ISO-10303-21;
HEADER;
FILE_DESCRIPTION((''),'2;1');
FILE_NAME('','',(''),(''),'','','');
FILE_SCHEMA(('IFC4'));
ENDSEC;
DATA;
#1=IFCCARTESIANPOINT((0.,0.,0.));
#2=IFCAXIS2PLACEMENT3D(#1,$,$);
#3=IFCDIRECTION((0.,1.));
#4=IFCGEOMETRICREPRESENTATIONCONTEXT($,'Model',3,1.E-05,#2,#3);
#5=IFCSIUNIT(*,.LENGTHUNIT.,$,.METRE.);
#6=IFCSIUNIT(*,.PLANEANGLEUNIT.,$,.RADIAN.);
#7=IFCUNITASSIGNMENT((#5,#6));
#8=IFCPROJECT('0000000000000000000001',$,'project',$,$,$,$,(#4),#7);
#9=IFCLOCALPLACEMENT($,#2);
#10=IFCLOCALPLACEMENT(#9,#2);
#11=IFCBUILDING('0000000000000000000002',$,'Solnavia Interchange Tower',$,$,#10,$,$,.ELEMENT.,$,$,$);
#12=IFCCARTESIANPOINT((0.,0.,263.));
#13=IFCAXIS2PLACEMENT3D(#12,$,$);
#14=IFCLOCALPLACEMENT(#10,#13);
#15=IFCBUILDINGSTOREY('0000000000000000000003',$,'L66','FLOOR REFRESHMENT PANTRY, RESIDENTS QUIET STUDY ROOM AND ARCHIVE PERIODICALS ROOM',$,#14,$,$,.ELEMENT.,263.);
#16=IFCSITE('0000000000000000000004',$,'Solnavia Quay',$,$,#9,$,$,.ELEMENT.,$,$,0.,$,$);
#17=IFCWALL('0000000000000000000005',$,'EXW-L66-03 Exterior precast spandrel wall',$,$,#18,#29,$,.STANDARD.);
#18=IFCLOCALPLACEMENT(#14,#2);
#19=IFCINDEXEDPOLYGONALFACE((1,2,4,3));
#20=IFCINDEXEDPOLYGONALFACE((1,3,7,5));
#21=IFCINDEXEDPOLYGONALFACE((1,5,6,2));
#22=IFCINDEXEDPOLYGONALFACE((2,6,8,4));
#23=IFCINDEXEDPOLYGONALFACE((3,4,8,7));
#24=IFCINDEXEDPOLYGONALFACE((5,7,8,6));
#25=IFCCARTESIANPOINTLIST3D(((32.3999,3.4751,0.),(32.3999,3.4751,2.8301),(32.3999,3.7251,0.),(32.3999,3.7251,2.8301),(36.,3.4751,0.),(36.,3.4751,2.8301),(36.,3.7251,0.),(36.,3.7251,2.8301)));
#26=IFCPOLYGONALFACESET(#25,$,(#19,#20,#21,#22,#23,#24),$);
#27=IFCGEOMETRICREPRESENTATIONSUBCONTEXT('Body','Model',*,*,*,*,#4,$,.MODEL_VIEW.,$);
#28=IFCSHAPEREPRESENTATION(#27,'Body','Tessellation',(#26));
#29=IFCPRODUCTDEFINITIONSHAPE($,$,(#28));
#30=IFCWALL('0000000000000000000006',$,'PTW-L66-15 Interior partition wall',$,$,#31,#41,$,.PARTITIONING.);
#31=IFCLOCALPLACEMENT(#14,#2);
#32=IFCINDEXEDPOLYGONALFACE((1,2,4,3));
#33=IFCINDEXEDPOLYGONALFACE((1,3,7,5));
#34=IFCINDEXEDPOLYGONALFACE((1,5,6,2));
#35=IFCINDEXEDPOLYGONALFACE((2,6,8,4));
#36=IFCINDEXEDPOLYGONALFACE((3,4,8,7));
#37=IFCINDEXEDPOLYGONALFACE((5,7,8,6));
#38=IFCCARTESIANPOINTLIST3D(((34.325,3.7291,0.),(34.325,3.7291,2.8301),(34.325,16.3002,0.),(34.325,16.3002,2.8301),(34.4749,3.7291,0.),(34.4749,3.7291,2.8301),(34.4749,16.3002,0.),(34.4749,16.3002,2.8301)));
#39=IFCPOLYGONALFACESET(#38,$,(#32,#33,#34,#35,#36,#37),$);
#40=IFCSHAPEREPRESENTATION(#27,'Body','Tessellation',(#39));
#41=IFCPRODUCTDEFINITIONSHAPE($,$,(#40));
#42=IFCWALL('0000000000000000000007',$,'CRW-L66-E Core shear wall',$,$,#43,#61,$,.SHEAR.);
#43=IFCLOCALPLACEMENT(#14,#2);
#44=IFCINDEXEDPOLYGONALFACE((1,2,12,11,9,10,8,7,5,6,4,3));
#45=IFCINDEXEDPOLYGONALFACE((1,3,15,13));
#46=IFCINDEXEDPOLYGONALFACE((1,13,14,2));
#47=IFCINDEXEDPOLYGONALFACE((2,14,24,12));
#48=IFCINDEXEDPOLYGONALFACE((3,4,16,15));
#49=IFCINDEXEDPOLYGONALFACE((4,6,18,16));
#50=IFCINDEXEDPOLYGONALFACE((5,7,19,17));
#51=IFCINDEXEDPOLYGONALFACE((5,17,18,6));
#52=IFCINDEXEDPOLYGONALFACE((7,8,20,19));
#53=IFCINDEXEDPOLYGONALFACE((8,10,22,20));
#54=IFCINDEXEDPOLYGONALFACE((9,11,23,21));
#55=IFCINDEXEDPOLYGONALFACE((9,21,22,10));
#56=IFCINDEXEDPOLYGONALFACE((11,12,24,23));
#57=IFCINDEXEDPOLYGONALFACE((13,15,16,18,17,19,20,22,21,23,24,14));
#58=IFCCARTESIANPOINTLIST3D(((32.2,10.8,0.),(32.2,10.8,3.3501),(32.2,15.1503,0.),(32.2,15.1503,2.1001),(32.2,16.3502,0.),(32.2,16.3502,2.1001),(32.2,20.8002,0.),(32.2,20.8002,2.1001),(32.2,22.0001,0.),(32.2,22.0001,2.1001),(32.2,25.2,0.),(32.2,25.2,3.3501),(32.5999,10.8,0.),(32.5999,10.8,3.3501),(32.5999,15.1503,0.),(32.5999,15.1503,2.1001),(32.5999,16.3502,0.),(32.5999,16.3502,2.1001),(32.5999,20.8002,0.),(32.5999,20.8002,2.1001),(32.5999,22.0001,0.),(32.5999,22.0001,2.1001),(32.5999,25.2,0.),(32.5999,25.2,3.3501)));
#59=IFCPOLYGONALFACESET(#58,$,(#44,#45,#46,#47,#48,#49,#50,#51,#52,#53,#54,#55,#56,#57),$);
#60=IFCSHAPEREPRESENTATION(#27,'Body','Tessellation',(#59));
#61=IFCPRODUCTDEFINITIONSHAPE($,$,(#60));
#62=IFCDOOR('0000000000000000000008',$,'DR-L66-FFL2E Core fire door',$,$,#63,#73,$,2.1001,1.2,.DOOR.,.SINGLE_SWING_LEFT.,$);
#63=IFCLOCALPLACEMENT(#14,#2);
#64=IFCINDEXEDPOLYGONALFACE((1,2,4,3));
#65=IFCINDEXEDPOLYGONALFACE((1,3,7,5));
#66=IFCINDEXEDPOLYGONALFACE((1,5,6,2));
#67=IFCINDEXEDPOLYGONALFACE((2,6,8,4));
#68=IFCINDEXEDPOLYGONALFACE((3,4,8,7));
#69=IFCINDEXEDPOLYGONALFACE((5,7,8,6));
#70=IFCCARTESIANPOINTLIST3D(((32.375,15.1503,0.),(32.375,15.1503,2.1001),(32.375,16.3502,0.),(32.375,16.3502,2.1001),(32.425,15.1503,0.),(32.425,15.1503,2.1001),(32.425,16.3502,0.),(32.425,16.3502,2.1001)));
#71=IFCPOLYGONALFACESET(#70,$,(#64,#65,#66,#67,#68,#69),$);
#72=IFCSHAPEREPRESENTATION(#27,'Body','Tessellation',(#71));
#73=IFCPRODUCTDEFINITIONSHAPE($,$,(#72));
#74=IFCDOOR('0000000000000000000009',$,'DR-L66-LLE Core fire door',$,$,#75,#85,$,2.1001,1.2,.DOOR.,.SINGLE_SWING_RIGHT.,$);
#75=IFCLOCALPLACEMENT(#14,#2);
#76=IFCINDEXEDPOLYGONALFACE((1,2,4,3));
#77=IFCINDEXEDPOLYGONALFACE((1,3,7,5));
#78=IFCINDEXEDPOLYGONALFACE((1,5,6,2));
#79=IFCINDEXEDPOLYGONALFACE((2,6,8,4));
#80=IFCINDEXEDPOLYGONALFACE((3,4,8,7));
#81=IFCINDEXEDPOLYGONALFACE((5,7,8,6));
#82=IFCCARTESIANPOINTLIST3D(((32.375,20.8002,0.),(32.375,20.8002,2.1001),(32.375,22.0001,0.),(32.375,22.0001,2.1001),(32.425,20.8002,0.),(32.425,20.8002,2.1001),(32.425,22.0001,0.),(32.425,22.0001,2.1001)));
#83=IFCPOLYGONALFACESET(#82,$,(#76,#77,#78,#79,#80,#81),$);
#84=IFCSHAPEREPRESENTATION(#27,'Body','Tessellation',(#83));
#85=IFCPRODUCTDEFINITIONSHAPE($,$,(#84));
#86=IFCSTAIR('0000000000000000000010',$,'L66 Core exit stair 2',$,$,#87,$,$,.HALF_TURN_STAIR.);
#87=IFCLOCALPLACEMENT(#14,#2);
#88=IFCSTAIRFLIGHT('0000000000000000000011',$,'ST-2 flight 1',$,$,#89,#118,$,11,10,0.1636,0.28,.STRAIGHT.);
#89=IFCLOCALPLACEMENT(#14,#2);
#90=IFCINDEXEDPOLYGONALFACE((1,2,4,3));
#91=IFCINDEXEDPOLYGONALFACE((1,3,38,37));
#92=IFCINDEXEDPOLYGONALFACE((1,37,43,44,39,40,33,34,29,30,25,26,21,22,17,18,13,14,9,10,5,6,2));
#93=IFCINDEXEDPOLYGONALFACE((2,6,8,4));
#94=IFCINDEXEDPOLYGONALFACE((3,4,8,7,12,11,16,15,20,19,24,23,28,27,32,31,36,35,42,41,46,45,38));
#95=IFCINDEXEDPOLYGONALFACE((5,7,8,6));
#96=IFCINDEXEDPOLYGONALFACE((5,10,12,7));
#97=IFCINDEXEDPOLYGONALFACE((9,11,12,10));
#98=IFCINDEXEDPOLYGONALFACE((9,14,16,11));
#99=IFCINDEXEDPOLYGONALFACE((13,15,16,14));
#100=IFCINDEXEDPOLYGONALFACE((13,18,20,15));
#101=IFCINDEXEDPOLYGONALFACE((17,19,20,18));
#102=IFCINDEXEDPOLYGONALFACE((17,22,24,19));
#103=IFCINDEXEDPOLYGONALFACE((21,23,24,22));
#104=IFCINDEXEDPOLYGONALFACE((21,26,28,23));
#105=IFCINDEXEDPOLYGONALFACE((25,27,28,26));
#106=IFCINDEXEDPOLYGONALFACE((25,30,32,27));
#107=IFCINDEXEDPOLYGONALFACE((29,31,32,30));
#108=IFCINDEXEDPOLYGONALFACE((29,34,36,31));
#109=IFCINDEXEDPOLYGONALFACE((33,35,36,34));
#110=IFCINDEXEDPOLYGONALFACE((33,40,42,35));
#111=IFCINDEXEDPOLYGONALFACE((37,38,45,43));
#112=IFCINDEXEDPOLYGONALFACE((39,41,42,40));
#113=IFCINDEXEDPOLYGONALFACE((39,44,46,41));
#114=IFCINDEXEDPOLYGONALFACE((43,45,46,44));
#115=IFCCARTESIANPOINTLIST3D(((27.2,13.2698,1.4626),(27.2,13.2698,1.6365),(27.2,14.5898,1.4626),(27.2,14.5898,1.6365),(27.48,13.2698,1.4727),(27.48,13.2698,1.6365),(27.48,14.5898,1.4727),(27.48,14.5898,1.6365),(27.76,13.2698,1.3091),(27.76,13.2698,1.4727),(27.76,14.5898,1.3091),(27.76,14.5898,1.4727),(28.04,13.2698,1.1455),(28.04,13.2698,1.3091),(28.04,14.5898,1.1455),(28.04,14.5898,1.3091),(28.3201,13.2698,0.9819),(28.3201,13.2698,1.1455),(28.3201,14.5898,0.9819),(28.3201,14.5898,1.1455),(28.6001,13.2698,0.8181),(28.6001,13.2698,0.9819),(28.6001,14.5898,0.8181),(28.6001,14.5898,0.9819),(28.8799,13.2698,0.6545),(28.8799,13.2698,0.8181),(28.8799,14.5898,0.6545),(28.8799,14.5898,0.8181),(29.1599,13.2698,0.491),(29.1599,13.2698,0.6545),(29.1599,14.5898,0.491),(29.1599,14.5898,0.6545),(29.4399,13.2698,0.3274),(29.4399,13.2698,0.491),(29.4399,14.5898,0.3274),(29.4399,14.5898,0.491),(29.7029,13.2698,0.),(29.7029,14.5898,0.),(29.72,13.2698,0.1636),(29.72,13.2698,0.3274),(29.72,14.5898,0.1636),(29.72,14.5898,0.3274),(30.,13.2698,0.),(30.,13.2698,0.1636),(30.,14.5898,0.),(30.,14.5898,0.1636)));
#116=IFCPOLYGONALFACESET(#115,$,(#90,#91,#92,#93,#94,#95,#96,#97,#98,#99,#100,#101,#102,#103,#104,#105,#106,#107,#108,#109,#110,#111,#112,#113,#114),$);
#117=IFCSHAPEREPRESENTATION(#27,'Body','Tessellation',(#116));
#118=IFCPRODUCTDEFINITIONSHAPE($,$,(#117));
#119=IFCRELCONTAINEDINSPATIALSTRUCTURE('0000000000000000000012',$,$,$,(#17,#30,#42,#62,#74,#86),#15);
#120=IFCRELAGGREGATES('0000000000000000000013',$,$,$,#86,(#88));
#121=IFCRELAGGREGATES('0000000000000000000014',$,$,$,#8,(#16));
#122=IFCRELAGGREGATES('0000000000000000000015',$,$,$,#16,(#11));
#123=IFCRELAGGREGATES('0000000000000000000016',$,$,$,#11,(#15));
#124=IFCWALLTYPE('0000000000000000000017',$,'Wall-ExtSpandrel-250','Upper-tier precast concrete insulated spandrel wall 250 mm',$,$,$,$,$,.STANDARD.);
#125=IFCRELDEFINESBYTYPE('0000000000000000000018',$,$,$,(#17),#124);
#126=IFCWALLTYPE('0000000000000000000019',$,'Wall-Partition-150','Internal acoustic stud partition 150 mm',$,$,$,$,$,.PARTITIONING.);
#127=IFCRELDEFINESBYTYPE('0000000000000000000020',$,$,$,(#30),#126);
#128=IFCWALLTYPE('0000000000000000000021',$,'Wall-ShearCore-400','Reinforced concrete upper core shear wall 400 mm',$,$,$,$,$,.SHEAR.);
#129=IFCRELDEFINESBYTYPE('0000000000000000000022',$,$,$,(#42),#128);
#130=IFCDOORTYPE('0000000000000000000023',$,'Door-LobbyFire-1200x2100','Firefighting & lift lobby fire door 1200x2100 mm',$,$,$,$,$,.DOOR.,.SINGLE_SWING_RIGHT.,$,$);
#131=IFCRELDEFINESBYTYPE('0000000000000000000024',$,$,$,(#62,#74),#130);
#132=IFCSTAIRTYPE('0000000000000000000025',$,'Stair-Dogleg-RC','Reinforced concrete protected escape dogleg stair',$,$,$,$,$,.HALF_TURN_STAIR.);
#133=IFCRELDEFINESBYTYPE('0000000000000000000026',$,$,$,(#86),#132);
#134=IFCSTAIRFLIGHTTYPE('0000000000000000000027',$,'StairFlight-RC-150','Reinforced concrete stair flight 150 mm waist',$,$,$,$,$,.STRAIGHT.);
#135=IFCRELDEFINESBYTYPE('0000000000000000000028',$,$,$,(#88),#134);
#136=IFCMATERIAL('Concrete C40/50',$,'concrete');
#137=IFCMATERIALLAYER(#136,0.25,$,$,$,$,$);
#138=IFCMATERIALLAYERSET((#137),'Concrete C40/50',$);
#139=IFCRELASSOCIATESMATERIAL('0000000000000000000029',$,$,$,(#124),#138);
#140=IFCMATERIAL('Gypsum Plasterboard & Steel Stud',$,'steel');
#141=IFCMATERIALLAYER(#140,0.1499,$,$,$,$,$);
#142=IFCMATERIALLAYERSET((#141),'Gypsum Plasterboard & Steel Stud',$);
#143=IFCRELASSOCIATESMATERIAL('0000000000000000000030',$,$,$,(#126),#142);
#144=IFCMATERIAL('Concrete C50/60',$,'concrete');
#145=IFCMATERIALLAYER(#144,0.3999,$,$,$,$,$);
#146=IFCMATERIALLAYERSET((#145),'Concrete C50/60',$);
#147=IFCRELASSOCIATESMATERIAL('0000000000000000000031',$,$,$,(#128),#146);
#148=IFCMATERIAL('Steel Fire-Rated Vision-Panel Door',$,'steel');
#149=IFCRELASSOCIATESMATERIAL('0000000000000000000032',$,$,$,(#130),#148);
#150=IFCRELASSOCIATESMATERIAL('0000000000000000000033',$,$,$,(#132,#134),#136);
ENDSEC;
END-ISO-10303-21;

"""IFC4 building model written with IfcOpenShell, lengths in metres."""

from ifc_helpers import new_model, si_unit, direction, frame, frame_2d, origin, place, context, subcontext, project, spatial, polyline, rectangle, outline, extrude, material, layer, layer_set, type_object, element, fill, aggregate, save


model = new_model("IFC4")

# Units and contexts
model_context = context("Model", 3, precision=1e-05, world=origin(), true_north=direction((0.0, 1.0)))
body_context = subcontext(model_context, "Body", "Model", "MODEL_VIEW")
ifc_project = project(units=[si_unit("LENGTHUNIT", "METRE"), si_unit("PLANEANGLEUNIT", "RADIAN")], contexts=[model_context])

# Site, building, storey
site_placement = place(None, origin())
site = spatial("IfcSite", under=ifc_project, at=site_placement, Name="Solnavia Quay", CompositionType="ELEMENT", RefElevation=0.0)
building_placement = place(site_placement, origin())
building = spatial("IfcBuilding", under=site, at=building_placement, Name="Solnavia Interchange Tower", CompositionType="ELEMENT")
storey_placement = place(building_placement, frame((0.0, 0.0, 263.0)))
storey = spatial("IfcBuildingStorey", under=building, at=storey_placement, Name="L66", Description="FLOOR REFRESHMENT PANTRY, RESIDENTS QUIET STUDY ROOM AND ARCHIVE PERIODICALS ROOM", CompositionType="ELEMENT", Elevation=263.0)

# Shared definitions
ifc_material_1 = material(Name="Concrete C50/60", Category="concrete")

# Walls
ifc_material_2 = material(Name="Concrete C40/50", Category="concrete")
ifc_layer_1 = layer(ifc_material_2, 0.25)
ifc_layer_set_1 = layer_set([ifc_layer_1], Name="Concrete C40/50")
wall_type_1 = type_object("IfcWallType", Name="Wall-ExtSpandrel-250", Description="Upper-tier precast concrete insulated spandrel wall 250 mm", PredefinedType="STANDARD", material=ifc_layer_set_1)
wall_1_placement = place(storey_placement, frame((36.0, 3.6001, 0.0), z_axis=(0.0, 0.0, 1.0), x_axis=(-1.0, 0.0, 0.0)))
element("IfcWall", 1, at=wall_1_placement, inside=storey, type_object=wall_type_1, Name="EXW-L66-03 Exterior precast spandrel wall", PredefinedType="STANDARD", context=body_context, shape_type="SweptSolid", body=[
    extrude(rectangle(XDim=3.6001, YDim=0.25, at=frame_2d((1.8, 0.0))), origin(), (0.0, 0.0, 1.0), 2.8301),
])
ifc_material_3 = material(Name="Gypsum Plasterboard & Steel Stud", Category="steel")
ifc_layer_2 = layer(ifc_material_3, 0.1499)
ifc_layer_set_2 = layer_set([ifc_layer_2], Name="Gypsum Plasterboard & Steel Stud")
wall_type_2 = type_object("IfcWallType", Name="Wall-Partition-150", Description="Internal acoustic stud partition 150 mm", PredefinedType="PARTITIONING", material=ifc_layer_set_2)
wall_2_placement = place(storey_placement, frame((34.3999, 3.729, 0.0), z_axis=(0.0, 0.0, 1.0), x_axis=(0.0, 1.0, 0.0)))
element("IfcWall", 2, at=wall_2_placement, inside=storey, type_object=wall_type_2, Name="PTW-L66-15 Interior partition wall", PredefinedType="PARTITIONING", context=body_context, shape_type="SweptSolid", body=[
    extrude(rectangle(XDim=12.571, YDim=0.1499, at=frame_2d((6.2856, 0.0))), origin(), (0.0, 0.0, 1.0), 2.8301),
])

# Wall, openings, doors
ifc_layer_3 = layer(ifc_material_1, 0.3999)
ifc_layer_set_3 = layer_set([ifc_layer_3], Name="Concrete C50/60")
wall_type_3 = type_object("IfcWallType", Name="Wall-ShearCore-400", Description="Reinforced concrete upper core shear wall 400 mm", PredefinedType="SHEAR", material=ifc_layer_set_3)
wall_3_placement = place(storey_placement, frame((32.3999, 10.8, 0.0), z_axis=(0.0, 0.0, 1.0), x_axis=(0.0, 1.0, 0.0)))
wall_3 = element("IfcWall", 3, at=wall_3_placement, inside=storey, type_object=wall_type_3, Name="CRW-L66-E Core shear wall", PredefinedType="SHEAR", context=body_context, shape_type="SweptSolid", body=[
    extrude(rectangle(XDim=14.3999, YDim=0.3999, at=frame_2d((7.2, 0.0))), origin(), (0.0, 0.0, 1.0), 3.3501),
])
opening_1_placement = place(wall_3_placement, frame((4.3501, 0.0, 0.0)))
opening_1 = element("IfcOpeningElement", 4, at=opening_1_placement, cuts=wall_3, PredefinedType="OPENING", context=body_context, shape_type="SweptSolid", body=[
    extrude(rectangle(XDim=1.2, YDim=2.1001, at=frame_2d((0.6001, 1.05))), frame((0.0, 0.21, 0.0), z_axis=(0.0, -1.0, 0.0), x_axis=(1.0, 0.0, 0.0)), (0.0, 0.0, 1.0), 0.4199),
])
opening_2_placement = place(wall_3_placement, frame((10.0, 0.0, 0.0)))
opening_2 = element("IfcOpeningElement", 5, at=opening_2_placement, cuts=wall_3, PredefinedType="OPENING", context=body_context, shape_type="SweptSolid", body=[
    extrude(rectangle(XDim=1.2, YDim=2.1001, at=frame_2d((0.6001, 1.05))), frame((0.0, 0.21, 0.0), z_axis=(0.0, -1.0, 0.0), x_axis=(1.0, 0.0, 0.0)), (0.0, 0.0, 1.0), 0.4199),
])
ifc_material_4 = material(Name="Steel Fire-Rated Vision-Panel Door", Category="steel")
door_type = type_object("IfcDoorType", Name="Door-LobbyFire-1200x2100", Description="Firefighting & lift lobby fire door 1200x2100 mm", OperationType="SINGLE_SWING_RIGHT", PredefinedType="DOOR", material=ifc_material_4)
door_1_placement = place(opening_1_placement, origin())
door_1 = element("IfcDoor", 6, at=door_1_placement, inside=storey, type_object=door_type, Name="DR-L66-FFL2E Core fire door", OperationType="SINGLE_SWING_LEFT", OverallHeight=2.1001, OverallWidth=1.2, PredefinedType="DOOR", context=body_context, shape_type="SweptSolid", body=[
    extrude(rectangle(XDim=1.2, YDim=2.1001, at=frame_2d((0.6001, 1.05))), frame((0.0, 0.0249, 0.0), z_axis=(0.0, -1.0, 0.0), x_axis=(1.0, 0.0, 0.0)), (0.0, 0.0, 1.0), 0.05),
])
fill(opening_1, door_1)
door_2_placement = place(opening_2_placement, origin())
door_2 = element("IfcDoor", 7, at=door_2_placement, inside=storey, type_object=door_type, Name="DR-L66-LLE Core fire door", OperationType="SINGLE_SWING_RIGHT", OverallHeight=2.1001, OverallWidth=1.2, PredefinedType="DOOR", context=body_context, shape_type="SweptSolid", body=[
    extrude(rectangle(XDim=1.2, YDim=2.1001, at=frame_2d((0.6001, 1.05))), frame((0.0, 0.0249, 0.0), z_axis=(0.0, -1.0, 0.0), x_axis=(1.0, 0.0, 0.0)), (0.0, 0.0, 1.0), 0.05),
])
fill(opening_2, door_2)

# Stair, stair flight
stair_type = type_object("IfcStairType", Name="Stair-Dogleg-RC", Description="Reinforced concrete protected escape dogleg stair", PredefinedType="HALF_TURN_STAIR", material=ifc_material_2)
stair_placement = place(storey_placement, origin())
stair = element("IfcStair", 8, at=stair_placement, inside=storey, type_object=stair_type, Name="L66 Core exit stair 2", PredefinedType="HALF_TURN_STAIR")
stair_flight_type = type_object("IfcStairFlightType", Name="StairFlight-RC-150", Description="Reinforced concrete stair flight 150 mm waist", PredefinedType="STRAIGHT", material=ifc_material_2)
stair_flight_placement = place(storey_placement, frame((30.0, 13.9299, 0.0), z_axis=(0.0, 0.0, 1.0), x_axis=(-1.0, 0.0, 0.0)))
stair_flight = element("IfcStairFlight", 9, at=stair_flight_placement, type_object=stair_flight_type, Name="ST-2 flight 1", NumberOfRisers=11, NumberOfTreads=10, PredefinedType="STRAIGHT", RiserHeight=0.1636, TreadLength=0.28, context=body_context, shape_type="SweptSolid", body=[
    extrude(outline(polyline([(0.0, 0.0), (0.0, 0.1636), (0.28, 0.1636), (0.28, 0.3274), (0.5601, 0.3274), (0.5601, 0.491), (0.8401, 0.491), (0.8401, 0.6545), (1.1201, 0.6545), (1.1201, 0.8181), (1.3999, 0.8181), (1.3999, 0.9819), (1.6799, 0.9819), (1.6799, 1.1455), (1.96, 1.1455), (1.96, 1.3091), (2.24, 1.3091), (2.24, 1.4727), (2.52, 1.4727), (2.52, 1.6365), (2.8, 1.6365), (2.8, 1.8), (2.8, 1.4626), (0.2971, 0.0), (0.0, 0.0)])), frame((0.0, 0.6602, 0.0), z_axis=(0.0, -1.0, 0.0), x_axis=(1.0, 0.0, 0.0)), (0.0, 0.0, 1.0), 1.3201),
])
aggregate(stair, [stair_flight])

save(model, "model.ifc")
